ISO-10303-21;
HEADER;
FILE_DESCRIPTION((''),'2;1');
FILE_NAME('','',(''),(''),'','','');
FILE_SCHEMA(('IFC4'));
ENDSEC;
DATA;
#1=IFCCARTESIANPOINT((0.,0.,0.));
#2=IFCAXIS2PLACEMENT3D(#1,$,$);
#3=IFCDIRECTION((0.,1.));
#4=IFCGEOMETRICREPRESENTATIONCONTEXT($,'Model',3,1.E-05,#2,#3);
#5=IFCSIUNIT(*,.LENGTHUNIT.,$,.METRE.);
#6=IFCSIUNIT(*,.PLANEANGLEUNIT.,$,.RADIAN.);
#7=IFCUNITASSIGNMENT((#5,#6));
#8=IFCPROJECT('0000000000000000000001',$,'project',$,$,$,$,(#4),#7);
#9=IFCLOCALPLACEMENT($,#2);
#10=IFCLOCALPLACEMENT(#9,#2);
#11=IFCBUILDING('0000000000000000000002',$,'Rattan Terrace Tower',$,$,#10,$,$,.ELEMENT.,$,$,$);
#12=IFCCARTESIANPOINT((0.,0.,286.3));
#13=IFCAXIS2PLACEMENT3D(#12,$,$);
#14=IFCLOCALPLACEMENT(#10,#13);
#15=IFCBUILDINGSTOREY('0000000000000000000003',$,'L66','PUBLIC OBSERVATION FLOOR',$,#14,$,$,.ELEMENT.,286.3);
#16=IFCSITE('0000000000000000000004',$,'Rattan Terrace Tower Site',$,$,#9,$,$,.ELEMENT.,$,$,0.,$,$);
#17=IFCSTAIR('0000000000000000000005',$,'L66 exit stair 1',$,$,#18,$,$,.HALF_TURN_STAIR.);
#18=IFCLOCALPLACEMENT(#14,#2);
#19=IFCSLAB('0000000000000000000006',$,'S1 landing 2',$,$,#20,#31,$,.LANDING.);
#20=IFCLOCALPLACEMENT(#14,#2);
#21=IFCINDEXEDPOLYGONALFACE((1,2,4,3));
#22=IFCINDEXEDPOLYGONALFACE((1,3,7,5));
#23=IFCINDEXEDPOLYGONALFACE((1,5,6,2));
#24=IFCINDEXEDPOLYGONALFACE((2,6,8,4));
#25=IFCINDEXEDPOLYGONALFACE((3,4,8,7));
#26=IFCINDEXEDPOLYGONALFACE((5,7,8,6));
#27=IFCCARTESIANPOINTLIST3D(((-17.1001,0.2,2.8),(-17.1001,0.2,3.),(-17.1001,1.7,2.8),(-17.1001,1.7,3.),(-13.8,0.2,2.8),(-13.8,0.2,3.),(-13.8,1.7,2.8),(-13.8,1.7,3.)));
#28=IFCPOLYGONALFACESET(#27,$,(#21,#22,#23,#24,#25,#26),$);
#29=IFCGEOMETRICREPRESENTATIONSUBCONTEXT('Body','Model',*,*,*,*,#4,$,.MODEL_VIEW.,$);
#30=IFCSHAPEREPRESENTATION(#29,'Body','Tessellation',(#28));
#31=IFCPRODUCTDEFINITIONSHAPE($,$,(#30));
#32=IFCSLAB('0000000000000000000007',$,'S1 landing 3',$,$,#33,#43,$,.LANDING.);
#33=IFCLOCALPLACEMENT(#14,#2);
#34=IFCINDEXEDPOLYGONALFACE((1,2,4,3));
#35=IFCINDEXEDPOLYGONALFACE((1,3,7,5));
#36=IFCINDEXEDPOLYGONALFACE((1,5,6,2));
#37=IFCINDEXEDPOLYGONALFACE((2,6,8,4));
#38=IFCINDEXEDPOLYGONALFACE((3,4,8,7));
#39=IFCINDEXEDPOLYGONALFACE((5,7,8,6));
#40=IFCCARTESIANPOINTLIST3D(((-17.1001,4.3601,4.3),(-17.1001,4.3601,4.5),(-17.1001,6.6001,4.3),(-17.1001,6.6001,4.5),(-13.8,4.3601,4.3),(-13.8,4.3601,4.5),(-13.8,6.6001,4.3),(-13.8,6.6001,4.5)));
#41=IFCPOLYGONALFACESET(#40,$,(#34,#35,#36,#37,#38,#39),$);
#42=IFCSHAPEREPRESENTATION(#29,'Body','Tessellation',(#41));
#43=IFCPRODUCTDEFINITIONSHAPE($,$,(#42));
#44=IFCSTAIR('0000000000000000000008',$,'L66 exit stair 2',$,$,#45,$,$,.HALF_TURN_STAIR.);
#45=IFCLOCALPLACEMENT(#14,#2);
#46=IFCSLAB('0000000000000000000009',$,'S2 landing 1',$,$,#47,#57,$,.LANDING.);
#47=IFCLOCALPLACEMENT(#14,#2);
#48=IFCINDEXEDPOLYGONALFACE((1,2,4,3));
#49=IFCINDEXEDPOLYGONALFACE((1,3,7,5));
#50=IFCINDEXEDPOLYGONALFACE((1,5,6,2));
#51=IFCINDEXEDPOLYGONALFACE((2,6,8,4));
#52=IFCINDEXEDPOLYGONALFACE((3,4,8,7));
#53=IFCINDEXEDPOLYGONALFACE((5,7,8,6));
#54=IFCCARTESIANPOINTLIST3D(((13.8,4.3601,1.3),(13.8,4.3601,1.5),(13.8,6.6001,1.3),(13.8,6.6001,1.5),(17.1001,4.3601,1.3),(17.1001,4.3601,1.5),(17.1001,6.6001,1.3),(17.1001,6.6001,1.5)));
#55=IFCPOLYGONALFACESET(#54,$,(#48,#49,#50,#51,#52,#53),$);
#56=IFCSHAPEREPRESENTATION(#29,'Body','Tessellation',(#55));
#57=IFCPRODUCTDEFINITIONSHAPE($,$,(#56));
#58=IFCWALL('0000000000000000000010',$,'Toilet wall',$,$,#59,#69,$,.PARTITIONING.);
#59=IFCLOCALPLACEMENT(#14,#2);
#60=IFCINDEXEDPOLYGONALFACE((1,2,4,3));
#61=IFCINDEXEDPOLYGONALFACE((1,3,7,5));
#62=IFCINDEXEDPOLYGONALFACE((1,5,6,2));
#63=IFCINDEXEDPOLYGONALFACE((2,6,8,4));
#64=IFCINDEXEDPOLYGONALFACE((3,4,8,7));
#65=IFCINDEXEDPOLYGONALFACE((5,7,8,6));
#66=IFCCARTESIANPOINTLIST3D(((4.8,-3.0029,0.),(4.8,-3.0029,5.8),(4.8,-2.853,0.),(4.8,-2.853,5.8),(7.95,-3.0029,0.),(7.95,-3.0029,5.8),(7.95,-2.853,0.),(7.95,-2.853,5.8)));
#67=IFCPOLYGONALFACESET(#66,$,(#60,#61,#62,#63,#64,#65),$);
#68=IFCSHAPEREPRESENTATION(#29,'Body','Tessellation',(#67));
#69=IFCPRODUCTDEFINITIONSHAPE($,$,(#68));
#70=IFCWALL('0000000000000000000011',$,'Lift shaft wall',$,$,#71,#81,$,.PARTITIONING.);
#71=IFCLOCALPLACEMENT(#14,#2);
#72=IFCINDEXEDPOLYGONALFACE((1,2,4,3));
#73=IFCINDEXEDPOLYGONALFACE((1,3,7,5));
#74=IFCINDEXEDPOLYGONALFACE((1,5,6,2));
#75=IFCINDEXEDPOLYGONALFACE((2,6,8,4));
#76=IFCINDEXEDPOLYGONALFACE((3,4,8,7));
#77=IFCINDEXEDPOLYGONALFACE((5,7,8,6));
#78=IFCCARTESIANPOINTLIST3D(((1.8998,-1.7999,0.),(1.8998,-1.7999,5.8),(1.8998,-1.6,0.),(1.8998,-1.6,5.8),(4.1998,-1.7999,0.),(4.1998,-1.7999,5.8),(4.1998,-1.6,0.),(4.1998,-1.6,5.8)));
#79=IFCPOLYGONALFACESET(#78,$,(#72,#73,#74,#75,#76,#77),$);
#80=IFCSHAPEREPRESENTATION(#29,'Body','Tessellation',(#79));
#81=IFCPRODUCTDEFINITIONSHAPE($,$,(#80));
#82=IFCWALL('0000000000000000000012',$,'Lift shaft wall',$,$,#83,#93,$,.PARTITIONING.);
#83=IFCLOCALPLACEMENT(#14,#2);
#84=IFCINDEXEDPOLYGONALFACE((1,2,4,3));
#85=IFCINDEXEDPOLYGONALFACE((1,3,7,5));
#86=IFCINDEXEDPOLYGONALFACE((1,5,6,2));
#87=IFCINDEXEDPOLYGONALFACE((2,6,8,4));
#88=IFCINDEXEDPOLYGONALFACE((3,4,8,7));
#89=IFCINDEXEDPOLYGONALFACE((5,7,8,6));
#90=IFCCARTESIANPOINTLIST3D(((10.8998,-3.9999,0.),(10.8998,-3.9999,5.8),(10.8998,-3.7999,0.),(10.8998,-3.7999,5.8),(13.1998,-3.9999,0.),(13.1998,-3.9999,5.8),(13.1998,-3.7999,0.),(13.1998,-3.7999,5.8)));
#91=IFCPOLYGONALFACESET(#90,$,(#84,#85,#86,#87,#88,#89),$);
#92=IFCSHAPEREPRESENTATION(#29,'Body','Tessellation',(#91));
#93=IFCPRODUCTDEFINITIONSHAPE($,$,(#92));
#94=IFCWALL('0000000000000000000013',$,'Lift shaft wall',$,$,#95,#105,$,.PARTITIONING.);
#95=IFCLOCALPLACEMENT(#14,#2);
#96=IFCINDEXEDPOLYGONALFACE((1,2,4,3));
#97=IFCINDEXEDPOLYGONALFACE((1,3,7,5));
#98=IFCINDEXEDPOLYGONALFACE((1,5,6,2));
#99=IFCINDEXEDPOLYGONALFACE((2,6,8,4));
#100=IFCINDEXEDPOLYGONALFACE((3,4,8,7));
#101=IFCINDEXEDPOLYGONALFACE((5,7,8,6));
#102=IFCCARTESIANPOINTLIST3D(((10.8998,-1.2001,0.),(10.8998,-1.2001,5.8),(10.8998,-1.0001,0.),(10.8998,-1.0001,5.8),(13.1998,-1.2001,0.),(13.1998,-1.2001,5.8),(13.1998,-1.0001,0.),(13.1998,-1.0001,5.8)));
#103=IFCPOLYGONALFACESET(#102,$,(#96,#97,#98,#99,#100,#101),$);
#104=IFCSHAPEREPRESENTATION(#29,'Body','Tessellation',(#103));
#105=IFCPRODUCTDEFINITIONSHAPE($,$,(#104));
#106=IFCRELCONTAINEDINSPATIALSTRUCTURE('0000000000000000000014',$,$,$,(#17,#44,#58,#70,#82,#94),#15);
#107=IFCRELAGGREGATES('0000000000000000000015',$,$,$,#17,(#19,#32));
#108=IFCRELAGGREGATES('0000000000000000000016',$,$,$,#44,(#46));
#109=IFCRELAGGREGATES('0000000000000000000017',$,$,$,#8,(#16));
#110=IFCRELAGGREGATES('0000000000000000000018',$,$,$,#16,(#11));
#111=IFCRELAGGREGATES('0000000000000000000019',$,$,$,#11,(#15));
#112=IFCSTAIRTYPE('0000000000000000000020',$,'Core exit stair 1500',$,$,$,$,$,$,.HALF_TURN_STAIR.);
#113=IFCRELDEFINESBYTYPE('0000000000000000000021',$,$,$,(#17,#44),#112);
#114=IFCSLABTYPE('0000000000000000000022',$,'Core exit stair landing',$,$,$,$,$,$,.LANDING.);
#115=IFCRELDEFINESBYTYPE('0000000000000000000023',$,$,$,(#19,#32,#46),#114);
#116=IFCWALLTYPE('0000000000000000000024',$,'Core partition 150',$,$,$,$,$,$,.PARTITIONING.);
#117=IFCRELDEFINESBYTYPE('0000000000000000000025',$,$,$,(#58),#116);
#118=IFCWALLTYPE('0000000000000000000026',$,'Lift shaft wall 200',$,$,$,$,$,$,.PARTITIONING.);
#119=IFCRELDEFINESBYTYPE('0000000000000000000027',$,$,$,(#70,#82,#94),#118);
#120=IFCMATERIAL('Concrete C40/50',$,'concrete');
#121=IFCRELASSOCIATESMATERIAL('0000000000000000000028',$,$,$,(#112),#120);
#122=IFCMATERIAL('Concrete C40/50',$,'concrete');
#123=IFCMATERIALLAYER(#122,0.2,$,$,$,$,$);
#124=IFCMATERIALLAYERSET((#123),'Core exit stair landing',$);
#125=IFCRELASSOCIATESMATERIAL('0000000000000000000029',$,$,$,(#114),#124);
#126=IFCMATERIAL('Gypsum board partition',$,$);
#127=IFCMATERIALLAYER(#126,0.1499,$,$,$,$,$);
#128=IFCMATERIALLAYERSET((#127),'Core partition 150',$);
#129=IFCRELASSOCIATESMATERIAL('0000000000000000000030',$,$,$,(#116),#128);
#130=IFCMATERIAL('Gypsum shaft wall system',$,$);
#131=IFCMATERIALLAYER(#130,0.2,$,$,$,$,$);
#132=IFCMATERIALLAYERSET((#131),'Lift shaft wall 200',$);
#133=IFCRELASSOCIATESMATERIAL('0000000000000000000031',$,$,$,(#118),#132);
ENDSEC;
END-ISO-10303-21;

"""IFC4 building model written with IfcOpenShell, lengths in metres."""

from ifc_helpers import new_model, si_unit, direction, frame, frame_2d, origin, place, context, subcontext, project, spatial, polyline, rectangle, outline, extrude, material, layer, layer_set, type_object, element, aggregate, save


model = new_model("IFC4")

# Units and contexts
model_context = context("Model", 3, precision=1e-05, world=origin(), true_north=direction((0.0, 1.0)))
body_context = subcontext(model_context, "Body", "Model", "MODEL_VIEW")
ifc_project = project(units=[si_unit("LENGTHUNIT", "METRE"), si_unit("PLANEANGLEUNIT", "RADIAN")], contexts=[model_context])

# Site, building, storey
site_placement = place(None, origin())
site = spatial("IfcSite", under=ifc_project, at=site_placement, Name="Rattan Terrace Tower Site", CompositionType="ELEMENT", RefElevation=0.0)
building_placement = place(site_placement, origin())
building = spatial("IfcBuilding", under=site, at=building_placement, Name="Rattan Terrace Tower", CompositionType="ELEMENT")
storey_placement = place(building_placement, frame((0.0, 0.0, 286.3)))
storey = spatial("IfcBuildingStorey", under=building, at=storey_placement, Name="L66", Description="PUBLIC OBSERVATION FLOOR", CompositionType="ELEMENT", Elevation=286.3)

# Stair, slabs
ifc_material_1 = material(Name="Concrete C40/50", Category="concrete")
stair_type = type_object("IfcStairType", Name="Core exit stair 1500", PredefinedType="HALF_TURN_STAIR", material=ifc_material_1)
stair_1_placement = place(storey_placement, origin())
stair_1 = element("IfcStair", 1, at=stair_1_placement, inside=storey, type_object=stair_type, Name="L66 exit stair 1", PredefinedType="HALF_TURN_STAIR")
ifc_material_2 = material(Name="Concrete C40/50", Category="concrete")
ifc_layer_1 = layer(ifc_material_2, 0.2)
ifc_layer_set_1 = layer_set([ifc_layer_1], Name="Core exit stair landing")
slab_type = type_object("IfcSlabType", Name="Core exit stair landing", PredefinedType="LANDING", material=ifc_layer_set_1)
slab_1_placement = place(storey_placement, frame((0.0, 0.0, 2.8)))
slab_1 = element("IfcSlab", 2, at=slab_1_placement, type_object=slab_type, Name="S1 landing 2", PredefinedType="LANDING", context=body_context, shape_type="SweptSolid", body=[
    extrude(outline(polyline([(-13.8, 0.2), (-13.8, 1.7), (-17.1001, 1.7), (-17.1001, 0.2), (-13.8, 0.2)])), origin(), (0.0, 0.0, 1.0), 0.2),
])
slab_2_placement = place(storey_placement, frame((0.0, 0.0, 4.3)))
slab_2 = element("IfcSlab", 3, at=slab_2_placement, type_object=slab_type, Name="S1 landing 3", PredefinedType="LANDING", context=body_context, shape_type="SweptSolid", body=[
    extrude(outline(polyline([(-13.8, 4.3601), (-13.8, 6.6001), (-17.1001, 6.6001), (-17.1001, 4.3601), (-13.8, 4.3601)])), origin(), (0.0, 0.0, 1.0), 0.2),
])
aggregate(stair_1, [slab_1, slab_2])

# Stair, slab
stair_2_placement = place(storey_placement, origin())
stair_2 = element("IfcStair", 4, at=stair_2_placement, inside=storey, type_object=stair_type, Name="L66 exit stair 2", PredefinedType="HALF_TURN_STAIR")
slab_3_placement = place(storey_placement, frame((0.0, 0.0, 1.3)))
slab_3 = element("IfcSlab", 5, at=slab_3_placement, type_object=slab_type, Name="S2 landing 1", PredefinedType="LANDING", context=body_context, shape_type="SweptSolid", body=[
    extrude(outline(polyline([(17.1001, 4.3601), (17.1001, 6.6001), (13.8, 6.6001), (13.8, 4.3601), (17.1001, 4.3601)])), origin(), (0.0, 0.0, 1.0), 0.2),
])
aggregate(stair_2, [slab_3])

# Walls
ifc_material_3 = material(Name="Gypsum board partition")
ifc_layer_2 = layer(ifc_material_3, 0.1499)
ifc_layer_set_2 = layer_set([ifc_layer_2], Name="Core partition 150")
wall_type_1 = type_object("IfcWallType", Name="Core partition 150", PredefinedType="PARTITIONING", material=ifc_layer_set_2)
wall_placement = place(storey_placement, frame((4.8, -2.928, 0.0), z_axis=(0.0, 0.0, 1.0), x_axis=(1.0, 0.0, 0.0)))
element("IfcWall", 6, at=wall_placement, inside=storey, type_object=wall_type_1, Name="Toilet wall", PredefinedType="PARTITIONING", context=body_context, shape_type="SweptSolid", body=[
    extrude(rectangle(XDim=3.1499, YDim=0.1499, at=frame_2d((1.575, 0.0))), origin(), (0.0, 0.0, 1.0), 5.8),
])
ifc_material_4 = material(Name="Gypsum shaft wall system")
ifc_layer_3 = layer(ifc_material_4, 0.2)
ifc_layer_set_3 = layer_set([ifc_layer_3], Name="Lift shaft wall 200")
wall_type_2 = type_object("IfcWallType", Name="Lift shaft wall 200", PredefinedType="PARTITIONING", material=ifc_layer_set_3)
for number, where, z_axis, x_axis, name in (
    (7, (1.8999, -1.7, 0.0), (0.0, 0.0, 1.0), (1.0, 0.0, 0.0), "Lift shaft wall"),
    (8, (10.8999, -3.8999, 0.0), (0.0, 0.0, 1.0), (1.0, 0.0, 0.0), "Lift shaft wall"),
    (9, (10.8999, -1.1001, 0.0), (0.0, 0.0, 1.0), (1.0, 0.0, 0.0), "Lift shaft wall"),
):
    element("IfcWall", number, at=place(storey_placement, frame(where, z_axis=z_axis, x_axis=x_axis)), inside=storey, type_object=wall_type_2, Name=name, PredefinedType="PARTITIONING", context=body_context, shape_type="SweptSolid", body=[
        extrude(rectangle(XDim=2.3, YDim=0.2, at=frame_2d((1.1499, 0.0))), origin(), (0.0, 0.0, 1.0), 5.8),
    ])

save(model, "model.ifc")
